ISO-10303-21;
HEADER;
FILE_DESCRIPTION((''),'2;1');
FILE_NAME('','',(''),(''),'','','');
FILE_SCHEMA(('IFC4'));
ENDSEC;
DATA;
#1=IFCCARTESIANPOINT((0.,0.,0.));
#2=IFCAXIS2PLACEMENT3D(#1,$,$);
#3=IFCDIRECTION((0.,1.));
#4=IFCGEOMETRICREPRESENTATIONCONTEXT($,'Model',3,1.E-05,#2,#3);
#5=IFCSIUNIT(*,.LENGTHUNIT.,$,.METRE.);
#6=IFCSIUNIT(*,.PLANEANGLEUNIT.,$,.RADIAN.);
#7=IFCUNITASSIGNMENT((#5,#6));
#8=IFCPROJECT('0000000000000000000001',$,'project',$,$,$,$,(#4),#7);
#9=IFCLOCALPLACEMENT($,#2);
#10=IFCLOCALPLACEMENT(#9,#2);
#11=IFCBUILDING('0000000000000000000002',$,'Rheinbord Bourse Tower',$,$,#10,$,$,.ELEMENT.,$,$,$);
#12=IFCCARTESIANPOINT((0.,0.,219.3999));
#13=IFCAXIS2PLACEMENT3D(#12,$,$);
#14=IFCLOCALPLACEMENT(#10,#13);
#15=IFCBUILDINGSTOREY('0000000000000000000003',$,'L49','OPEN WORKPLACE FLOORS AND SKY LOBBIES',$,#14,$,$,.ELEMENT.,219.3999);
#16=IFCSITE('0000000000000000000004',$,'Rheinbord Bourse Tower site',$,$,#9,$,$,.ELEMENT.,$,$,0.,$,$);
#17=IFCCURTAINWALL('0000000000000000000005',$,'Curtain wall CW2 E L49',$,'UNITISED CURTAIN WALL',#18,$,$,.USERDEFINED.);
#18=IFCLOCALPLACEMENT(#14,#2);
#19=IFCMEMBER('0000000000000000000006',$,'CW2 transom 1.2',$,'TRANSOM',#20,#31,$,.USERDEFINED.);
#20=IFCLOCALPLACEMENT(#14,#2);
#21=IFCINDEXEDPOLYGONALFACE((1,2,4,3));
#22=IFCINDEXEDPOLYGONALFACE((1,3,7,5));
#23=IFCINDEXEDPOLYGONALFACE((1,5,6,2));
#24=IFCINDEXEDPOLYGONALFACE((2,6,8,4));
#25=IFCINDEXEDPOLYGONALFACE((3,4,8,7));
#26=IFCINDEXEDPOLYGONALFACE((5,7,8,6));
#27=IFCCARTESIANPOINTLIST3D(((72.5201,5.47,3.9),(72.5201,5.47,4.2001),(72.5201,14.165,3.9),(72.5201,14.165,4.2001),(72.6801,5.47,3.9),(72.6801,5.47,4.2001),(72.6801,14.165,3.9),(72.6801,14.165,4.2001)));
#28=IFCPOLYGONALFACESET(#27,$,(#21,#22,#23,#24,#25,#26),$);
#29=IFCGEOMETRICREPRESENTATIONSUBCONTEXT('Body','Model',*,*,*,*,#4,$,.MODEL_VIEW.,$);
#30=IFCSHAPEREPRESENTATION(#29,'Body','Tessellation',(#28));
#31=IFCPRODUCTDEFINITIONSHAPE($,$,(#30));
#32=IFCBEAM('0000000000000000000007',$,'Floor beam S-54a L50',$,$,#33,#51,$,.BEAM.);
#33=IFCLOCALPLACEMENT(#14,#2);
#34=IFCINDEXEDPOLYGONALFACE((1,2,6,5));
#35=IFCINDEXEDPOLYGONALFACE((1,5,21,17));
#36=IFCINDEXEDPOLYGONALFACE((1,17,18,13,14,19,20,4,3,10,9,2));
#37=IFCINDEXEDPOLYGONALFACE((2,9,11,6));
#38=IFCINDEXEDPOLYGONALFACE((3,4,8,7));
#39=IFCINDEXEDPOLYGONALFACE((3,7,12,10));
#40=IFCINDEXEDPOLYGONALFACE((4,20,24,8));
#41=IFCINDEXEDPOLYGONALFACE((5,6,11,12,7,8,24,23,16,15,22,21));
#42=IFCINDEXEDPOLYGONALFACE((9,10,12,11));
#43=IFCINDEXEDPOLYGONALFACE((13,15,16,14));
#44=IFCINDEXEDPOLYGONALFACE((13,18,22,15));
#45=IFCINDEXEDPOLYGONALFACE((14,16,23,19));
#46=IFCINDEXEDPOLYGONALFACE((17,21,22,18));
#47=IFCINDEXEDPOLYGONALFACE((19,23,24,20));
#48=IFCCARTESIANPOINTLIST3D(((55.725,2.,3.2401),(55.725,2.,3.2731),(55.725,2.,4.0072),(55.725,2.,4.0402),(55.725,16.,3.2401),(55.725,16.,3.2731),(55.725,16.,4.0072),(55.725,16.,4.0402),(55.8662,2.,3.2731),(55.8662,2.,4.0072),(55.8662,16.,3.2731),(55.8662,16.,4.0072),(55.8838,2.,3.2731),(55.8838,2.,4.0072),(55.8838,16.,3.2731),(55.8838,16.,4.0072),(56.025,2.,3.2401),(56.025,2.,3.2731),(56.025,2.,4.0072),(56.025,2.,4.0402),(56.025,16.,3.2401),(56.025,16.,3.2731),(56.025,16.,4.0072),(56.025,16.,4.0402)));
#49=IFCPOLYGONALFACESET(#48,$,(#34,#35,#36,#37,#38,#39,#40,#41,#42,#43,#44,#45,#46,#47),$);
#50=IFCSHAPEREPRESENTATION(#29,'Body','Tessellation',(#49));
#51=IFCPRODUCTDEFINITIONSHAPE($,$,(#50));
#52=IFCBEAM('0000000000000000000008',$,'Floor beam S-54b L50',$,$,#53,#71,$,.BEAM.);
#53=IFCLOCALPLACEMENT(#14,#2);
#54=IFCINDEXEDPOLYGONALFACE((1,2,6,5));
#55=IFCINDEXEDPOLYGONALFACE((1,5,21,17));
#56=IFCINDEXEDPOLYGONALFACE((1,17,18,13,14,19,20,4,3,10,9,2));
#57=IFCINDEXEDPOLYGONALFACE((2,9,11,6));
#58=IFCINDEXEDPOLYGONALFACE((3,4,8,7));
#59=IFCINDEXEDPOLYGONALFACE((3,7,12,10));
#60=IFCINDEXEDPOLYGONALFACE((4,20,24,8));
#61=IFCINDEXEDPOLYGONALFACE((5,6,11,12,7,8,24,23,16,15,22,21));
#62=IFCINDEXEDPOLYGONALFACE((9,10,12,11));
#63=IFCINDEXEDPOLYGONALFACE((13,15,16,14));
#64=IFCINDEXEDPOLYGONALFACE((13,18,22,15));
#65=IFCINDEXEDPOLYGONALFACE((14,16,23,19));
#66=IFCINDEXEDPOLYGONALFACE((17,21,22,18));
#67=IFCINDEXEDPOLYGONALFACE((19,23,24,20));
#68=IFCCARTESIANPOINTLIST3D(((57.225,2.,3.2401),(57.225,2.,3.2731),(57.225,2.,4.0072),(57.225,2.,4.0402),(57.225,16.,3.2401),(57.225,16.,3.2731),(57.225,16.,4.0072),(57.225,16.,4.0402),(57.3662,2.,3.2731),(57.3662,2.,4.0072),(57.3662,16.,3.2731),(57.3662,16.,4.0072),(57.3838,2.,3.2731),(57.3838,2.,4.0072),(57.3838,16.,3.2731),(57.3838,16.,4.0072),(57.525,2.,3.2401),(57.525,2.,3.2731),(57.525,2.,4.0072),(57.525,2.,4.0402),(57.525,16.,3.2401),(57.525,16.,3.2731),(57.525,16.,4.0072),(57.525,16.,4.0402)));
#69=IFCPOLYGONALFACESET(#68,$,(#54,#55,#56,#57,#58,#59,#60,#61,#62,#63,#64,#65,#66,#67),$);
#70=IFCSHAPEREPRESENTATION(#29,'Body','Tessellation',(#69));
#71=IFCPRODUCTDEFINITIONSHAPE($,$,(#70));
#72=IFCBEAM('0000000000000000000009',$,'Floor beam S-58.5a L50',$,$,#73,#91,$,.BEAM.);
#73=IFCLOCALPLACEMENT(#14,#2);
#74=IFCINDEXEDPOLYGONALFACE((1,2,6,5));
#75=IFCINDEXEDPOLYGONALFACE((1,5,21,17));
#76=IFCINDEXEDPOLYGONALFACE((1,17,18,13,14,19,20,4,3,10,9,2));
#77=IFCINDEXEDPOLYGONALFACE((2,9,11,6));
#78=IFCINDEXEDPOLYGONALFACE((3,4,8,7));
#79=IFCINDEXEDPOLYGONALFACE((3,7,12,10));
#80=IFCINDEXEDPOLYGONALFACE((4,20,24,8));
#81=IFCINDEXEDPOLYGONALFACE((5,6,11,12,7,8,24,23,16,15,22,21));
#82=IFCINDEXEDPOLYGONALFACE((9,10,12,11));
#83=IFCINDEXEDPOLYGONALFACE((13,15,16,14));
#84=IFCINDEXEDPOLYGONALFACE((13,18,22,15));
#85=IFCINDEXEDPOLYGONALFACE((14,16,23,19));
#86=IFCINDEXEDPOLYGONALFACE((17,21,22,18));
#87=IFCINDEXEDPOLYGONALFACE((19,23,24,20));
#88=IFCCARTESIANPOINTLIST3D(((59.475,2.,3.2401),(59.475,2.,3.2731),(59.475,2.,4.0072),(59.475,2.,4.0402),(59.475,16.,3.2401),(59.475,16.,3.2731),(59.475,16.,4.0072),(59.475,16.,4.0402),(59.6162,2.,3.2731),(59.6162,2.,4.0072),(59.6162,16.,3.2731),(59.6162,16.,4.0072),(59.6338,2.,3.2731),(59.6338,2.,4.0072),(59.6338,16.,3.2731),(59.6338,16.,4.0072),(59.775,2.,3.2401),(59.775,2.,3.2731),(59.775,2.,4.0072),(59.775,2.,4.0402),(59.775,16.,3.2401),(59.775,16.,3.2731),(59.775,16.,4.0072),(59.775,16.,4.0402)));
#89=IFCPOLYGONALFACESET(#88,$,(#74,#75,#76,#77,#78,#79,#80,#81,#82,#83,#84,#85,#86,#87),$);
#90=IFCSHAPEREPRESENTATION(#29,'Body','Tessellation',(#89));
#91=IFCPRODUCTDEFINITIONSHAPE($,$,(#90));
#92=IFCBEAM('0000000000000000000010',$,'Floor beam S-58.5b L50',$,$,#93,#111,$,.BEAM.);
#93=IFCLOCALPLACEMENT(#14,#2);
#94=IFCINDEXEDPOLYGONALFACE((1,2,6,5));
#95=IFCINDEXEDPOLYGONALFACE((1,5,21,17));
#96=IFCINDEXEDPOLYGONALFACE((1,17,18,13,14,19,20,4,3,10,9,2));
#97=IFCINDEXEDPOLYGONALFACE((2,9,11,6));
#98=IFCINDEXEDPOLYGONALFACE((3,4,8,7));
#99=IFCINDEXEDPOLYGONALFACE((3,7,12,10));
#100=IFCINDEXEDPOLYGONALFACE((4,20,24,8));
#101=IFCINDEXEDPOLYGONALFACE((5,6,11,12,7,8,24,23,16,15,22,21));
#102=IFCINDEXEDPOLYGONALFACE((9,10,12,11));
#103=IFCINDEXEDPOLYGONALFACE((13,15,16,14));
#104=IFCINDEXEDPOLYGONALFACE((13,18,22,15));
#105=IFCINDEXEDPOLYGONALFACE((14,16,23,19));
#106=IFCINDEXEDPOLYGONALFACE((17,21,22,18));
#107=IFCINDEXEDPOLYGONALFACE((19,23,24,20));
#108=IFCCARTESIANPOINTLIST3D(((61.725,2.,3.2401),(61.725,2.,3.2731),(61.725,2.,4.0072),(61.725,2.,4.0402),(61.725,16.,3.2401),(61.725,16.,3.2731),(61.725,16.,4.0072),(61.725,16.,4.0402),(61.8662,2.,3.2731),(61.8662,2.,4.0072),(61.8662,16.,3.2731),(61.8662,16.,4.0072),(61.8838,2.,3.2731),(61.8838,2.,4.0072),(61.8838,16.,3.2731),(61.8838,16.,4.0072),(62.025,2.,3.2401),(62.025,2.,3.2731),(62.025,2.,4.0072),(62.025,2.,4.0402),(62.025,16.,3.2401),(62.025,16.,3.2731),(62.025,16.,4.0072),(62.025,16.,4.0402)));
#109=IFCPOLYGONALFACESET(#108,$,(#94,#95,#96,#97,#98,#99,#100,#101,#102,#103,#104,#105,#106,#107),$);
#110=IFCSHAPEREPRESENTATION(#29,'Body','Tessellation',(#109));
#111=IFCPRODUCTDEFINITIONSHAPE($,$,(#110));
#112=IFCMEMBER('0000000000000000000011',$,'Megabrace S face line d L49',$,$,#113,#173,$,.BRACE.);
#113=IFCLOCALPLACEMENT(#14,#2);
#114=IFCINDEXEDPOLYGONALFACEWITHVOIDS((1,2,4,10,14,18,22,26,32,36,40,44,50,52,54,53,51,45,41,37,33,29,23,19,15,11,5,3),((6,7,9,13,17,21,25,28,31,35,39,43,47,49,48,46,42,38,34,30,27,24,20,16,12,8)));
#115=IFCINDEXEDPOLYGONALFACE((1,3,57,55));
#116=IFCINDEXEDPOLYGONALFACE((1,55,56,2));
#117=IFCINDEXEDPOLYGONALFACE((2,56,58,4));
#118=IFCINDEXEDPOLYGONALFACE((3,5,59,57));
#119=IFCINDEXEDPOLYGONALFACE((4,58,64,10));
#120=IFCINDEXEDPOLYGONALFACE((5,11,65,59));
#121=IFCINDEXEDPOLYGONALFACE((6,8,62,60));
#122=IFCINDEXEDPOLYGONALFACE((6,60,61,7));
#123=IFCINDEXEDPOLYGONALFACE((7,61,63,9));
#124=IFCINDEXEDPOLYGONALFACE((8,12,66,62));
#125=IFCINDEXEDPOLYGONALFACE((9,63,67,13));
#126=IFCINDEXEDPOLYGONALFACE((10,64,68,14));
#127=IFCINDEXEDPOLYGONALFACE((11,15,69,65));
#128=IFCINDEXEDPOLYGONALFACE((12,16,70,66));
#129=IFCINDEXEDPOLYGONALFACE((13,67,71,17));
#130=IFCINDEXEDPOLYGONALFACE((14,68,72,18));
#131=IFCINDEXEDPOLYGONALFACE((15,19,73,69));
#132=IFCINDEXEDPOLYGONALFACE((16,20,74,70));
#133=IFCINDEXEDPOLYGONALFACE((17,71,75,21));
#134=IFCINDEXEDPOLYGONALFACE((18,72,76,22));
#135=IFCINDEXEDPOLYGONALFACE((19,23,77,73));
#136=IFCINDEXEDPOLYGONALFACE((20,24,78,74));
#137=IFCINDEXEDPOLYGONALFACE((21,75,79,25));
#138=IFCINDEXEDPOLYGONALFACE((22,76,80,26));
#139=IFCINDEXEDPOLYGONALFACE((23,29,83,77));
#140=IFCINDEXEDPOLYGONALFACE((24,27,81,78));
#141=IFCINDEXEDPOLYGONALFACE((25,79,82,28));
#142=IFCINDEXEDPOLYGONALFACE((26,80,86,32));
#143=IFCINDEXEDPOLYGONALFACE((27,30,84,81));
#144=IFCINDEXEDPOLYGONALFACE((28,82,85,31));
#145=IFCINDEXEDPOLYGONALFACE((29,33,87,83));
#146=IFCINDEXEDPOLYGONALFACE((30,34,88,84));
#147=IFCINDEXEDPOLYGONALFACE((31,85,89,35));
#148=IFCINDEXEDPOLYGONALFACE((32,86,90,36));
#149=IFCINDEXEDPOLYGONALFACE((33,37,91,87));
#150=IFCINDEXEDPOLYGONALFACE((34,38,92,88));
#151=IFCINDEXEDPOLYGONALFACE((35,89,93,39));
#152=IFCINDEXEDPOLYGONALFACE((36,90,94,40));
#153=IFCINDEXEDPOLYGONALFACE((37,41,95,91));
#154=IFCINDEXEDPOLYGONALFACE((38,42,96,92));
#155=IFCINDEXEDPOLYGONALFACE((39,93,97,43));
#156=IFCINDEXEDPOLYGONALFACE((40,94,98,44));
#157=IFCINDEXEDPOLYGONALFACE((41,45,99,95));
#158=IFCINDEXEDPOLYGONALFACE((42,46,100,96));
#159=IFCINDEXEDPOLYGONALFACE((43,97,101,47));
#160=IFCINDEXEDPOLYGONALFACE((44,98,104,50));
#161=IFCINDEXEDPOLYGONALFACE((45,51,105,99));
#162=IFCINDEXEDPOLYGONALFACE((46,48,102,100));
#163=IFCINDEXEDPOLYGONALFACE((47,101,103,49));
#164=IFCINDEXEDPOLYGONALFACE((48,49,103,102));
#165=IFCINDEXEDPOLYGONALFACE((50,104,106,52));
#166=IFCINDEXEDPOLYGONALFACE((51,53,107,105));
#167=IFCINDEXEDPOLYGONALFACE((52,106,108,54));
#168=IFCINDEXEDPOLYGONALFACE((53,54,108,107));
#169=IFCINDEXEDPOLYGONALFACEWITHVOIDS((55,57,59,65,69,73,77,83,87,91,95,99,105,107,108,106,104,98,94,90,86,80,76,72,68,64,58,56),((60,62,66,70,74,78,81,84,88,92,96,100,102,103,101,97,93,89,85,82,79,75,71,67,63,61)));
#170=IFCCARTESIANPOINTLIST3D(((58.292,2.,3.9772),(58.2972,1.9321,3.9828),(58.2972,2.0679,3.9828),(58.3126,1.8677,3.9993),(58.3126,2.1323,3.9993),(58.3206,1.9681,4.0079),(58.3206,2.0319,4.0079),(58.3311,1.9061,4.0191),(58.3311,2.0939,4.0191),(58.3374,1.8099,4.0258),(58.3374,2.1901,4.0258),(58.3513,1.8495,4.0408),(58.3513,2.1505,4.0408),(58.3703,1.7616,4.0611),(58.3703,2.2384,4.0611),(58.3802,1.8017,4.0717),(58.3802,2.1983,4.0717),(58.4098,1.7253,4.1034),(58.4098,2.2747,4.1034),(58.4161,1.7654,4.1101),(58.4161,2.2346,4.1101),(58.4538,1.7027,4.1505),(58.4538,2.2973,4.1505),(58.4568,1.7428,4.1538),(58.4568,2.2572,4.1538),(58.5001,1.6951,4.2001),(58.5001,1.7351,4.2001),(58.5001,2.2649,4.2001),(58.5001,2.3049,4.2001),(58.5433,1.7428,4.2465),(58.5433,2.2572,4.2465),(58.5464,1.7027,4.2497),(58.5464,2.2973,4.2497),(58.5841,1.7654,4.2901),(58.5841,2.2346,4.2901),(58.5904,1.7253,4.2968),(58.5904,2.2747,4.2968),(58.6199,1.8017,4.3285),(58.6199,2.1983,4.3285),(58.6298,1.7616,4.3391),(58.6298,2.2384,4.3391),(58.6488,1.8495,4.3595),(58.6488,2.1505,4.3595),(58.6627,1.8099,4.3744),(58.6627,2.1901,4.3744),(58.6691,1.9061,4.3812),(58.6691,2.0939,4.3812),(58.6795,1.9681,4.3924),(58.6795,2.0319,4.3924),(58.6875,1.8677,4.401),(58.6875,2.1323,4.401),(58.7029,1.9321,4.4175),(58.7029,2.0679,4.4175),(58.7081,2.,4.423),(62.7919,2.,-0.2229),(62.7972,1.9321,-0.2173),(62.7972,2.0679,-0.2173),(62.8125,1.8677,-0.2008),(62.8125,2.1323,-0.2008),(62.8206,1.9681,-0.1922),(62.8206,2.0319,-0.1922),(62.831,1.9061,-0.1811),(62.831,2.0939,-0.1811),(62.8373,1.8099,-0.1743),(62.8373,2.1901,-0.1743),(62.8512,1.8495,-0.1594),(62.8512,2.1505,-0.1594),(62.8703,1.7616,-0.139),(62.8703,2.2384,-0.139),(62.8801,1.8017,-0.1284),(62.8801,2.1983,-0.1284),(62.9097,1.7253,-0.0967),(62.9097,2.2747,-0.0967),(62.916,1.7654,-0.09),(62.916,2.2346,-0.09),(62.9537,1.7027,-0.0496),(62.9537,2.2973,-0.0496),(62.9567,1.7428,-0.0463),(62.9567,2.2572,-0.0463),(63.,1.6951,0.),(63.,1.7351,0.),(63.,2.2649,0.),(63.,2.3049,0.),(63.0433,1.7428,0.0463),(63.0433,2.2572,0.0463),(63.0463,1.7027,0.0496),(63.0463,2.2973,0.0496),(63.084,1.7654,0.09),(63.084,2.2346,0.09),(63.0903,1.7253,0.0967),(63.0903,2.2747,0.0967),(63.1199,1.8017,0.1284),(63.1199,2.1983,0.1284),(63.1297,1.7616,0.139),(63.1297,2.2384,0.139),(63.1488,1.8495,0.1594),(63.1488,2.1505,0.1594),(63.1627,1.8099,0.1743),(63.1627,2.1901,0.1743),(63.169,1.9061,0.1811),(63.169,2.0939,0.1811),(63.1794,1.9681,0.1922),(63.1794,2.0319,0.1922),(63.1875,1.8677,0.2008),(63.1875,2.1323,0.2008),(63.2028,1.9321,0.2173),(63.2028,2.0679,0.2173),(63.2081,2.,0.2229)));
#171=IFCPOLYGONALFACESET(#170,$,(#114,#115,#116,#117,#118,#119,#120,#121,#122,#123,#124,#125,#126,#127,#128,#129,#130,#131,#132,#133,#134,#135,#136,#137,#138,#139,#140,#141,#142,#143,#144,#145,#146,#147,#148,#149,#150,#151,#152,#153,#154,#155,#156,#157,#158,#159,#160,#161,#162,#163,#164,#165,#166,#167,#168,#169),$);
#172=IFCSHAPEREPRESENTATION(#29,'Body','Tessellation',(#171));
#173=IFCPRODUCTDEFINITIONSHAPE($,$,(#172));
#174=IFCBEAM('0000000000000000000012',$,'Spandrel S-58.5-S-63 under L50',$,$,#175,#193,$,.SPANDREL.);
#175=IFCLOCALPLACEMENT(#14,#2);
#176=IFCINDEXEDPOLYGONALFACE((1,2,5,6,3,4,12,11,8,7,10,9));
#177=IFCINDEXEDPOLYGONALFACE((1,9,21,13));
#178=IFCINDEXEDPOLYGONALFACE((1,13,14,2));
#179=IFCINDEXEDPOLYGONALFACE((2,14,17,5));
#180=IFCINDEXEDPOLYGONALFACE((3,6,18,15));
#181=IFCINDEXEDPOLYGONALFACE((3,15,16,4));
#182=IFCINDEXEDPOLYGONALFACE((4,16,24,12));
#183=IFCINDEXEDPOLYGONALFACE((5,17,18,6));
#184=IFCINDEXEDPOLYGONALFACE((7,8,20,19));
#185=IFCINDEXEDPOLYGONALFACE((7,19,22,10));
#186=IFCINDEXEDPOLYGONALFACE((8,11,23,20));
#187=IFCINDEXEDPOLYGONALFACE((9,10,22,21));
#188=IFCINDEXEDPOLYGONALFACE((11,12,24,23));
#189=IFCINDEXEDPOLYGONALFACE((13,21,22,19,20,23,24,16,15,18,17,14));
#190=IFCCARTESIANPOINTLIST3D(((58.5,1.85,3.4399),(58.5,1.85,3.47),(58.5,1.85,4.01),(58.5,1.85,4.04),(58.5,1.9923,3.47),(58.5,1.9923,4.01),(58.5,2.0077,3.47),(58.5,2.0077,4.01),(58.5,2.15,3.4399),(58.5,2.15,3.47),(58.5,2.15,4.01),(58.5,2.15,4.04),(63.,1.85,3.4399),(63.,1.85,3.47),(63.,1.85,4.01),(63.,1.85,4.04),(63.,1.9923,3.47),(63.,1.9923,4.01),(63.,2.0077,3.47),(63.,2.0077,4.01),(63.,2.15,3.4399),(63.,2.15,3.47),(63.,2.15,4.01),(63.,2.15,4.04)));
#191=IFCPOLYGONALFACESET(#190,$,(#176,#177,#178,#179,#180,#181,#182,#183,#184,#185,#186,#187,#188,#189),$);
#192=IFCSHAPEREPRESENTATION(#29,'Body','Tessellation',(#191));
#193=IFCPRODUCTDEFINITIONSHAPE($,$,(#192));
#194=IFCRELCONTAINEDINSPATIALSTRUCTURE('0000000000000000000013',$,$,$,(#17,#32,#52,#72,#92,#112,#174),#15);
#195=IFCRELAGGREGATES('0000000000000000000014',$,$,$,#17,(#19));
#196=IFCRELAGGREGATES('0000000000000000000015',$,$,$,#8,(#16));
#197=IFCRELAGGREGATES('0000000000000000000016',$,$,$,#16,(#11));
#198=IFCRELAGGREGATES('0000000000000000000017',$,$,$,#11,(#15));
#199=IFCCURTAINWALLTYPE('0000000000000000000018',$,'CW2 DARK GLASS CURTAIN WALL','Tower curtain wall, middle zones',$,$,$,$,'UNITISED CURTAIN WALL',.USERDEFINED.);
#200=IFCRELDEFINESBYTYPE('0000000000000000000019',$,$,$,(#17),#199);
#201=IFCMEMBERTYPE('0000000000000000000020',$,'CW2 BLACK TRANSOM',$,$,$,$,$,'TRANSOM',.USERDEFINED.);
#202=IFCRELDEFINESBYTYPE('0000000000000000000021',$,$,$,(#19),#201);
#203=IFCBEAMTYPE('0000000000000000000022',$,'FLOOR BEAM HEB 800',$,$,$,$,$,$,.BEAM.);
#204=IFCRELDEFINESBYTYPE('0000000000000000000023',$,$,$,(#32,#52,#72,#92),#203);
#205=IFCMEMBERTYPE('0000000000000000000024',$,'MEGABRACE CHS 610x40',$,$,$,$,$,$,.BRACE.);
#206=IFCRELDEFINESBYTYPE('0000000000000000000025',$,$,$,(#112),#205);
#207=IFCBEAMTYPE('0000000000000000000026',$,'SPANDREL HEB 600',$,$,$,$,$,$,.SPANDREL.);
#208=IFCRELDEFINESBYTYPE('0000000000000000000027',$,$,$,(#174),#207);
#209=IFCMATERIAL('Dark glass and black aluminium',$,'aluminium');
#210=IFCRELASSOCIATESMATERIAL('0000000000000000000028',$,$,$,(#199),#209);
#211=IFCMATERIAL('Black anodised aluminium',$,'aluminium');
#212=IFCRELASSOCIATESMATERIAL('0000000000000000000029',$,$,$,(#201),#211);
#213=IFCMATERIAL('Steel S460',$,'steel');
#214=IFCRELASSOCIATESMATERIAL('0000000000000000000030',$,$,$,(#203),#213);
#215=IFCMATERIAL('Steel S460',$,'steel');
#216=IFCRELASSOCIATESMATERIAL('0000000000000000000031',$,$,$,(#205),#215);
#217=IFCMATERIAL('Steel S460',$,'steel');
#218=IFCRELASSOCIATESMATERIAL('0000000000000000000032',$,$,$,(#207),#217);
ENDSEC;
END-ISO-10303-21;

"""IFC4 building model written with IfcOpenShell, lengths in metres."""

from ifc_helpers import new_model, si_unit, direction, frame, origin, origin_2d, place, context, subcontext, project, spatial, rectangle, hollow_circle, i_section, extrude, material, material_profile, profile_set, type_object, element, aggregate, save


model = new_model("IFC4")

# Units and contexts
model_context = context("Model", 3, precision=1e-05, world=origin(), true_north=direction((0.0, 1.0)))
body_context = subcontext(model_context, "Body", "Model", "MODEL_VIEW")
ifc_project = project(units=[si_unit("LENGTHUNIT", "METRE"), si_unit("PLANEANGLEUNIT", "RADIAN")], contexts=[model_context])

# Site, building, storey
site_placement = place(None, origin())
site = spatial("IfcSite", under=ifc_project, at=site_placement, Name="Rheinbord Bourse Tower site", CompositionType="ELEMENT", RefElevation=0.0)
building_placement = place(site_placement, origin())
building = spatial("IfcBuilding", under=site, at=building_placement, Name="Rheinbord Bourse Tower", CompositionType="ELEMENT")
storey_placement = place(building_placement, frame((0.0, 0.0, 219.3999)))
storey = spatial("IfcBuildingStorey", under=building, at=storey_placement, Name="L49", Description="OPEN WORKPLACE FLOORS AND SKY LOBBIES", CompositionType="ELEMENT", Elevation=219.3999)

# Shared definitions
ifc_material_1 = material(Name="Dark glass and black aluminium", Category="aluminium")
curtain_wall_type = type_object("IfcCurtainWallType", Name="CW2 DARK GLASS CURTAIN WALL", Description="Tower curtain wall, middle zones", ElementType="UNITISED CURTAIN WALL", PredefinedType="USERDEFINED", material=ifc_material_1)

# Curtain wall
curtain_wall_1_placement = place(storey_placement, origin())
curtain_wall_1 = element("IfcCurtainWall", 1, at=curtain_wall_1_placement, inside=storey, type_object=curtain_wall_type, Name="Curtain wall CW2 E L49", ObjectType="UNITISED CURTAIN WALL", PredefinedType="USERDEFINED")

# Member
ifc_material_2 = material(Name="Black anodised aluminium", Category="aluminium")
ifc_material_profile_1 = material_profile(ifc_material_2, rectangle(XDim=0.1599, YDim=0.3, at=origin_2d()), Name="CW2 TRANSOM 300x160")
ifc_profile_set_1 = profile_set([ifc_material_profile_1], Name="Black anodised aluminium")
member_type_1 = type_object("IfcMemberType", Name="CW2 BLACK TRANSOM", ElementType="TRANSOM", PredefinedType="USERDEFINED", material=ifc_profile_set_1)
member_1_placement = place(storey_placement, frame((72.6001, 5.47, 4.05), z_axis=(0.0, 1.0, 0.0), x_axis=(-1.0, 0.0, 0.0)))
member_1 = element("IfcMember", 2, at=member_1_placement, type_object=member_type_1, Name="CW2 transom 1.2", ObjectType="TRANSOM", PredefinedType="USERDEFINED", context=body_context, shape_type="SweptSolid", body=[
    extrude(rectangle(XDim=0.1599, YDim=0.3, at=origin_2d()), origin(), (0.0, 0.0, 1.0), 8.6951),
])

# Beams
ifc_material_3 = material(Name="Steel S460", Category="steel")
ifc_material_profile_2 = material_profile(ifc_material_3, i_section(OverallWidth=0.3, OverallDepth=0.8, WebThickness=0.0176, FlangeThickness=0.033, at=origin_2d()), Name="HEB 800")
ifc_profile_set_2 = profile_set([ifc_material_profile_2], Name="Steel S460")
beam_type_1 = type_object("IfcBeamType", Name="FLOOR BEAM HEB 800", PredefinedType="BEAM", material=ifc_profile_set_2)
for number, where, z_axis, x_axis, name in (
    (3, (55.875, 2.0, 3.6401), (0.0, 1.0, 0.0), (-1.0, 0.0, 0.0), "Floor beam S-54a L50"),
    (4, (57.375, 2.0, 3.6401), (0.0, 1.0, 0.0), (-1.0, 0.0, 0.0), "Floor beam S-54b L50"),
    (5, (59.625, 2.0, 3.6401), (0.0, 1.0, 0.0), (-1.0, 0.0, 0.0), "Floor beam S-58.5a L50"),
    (6, (61.875, 2.0, 3.6401), (0.0, 1.0, 0.0), (-1.0, 0.0, 0.0), "Floor beam S-58.5b L50"),
):
    element("IfcBeam", number, at=place(storey_placement, frame(where, z_axis=z_axis, x_axis=x_axis)), inside=storey, type_object=beam_type_1, Name=name, PredefinedType="BEAM", context=body_context, shape_type="SweptSolid", body=[
        extrude(i_section(OverallWidth=0.3, OverallDepth=0.8, WebThickness=0.0176, FlangeThickness=0.033, at=origin_2d()), origin(), (0.0, 0.0, 1.0), 14.0),
    ])

# Member
ifc_material_4 = material(Name="Steel S460", Category="steel")
ifc_material_profile_3 = material_profile(ifc_material_4, hollow_circle(Radius=0.3049, WallThickness=0.04, at=origin_2d()), Name="CHS 610x40")
ifc_profile_set_3 = profile_set([ifc_material_profile_3], Name="Steel S460")
member_type_2 = type_object("IfcMemberType", Name="MEGABRACE CHS 610x40", PredefinedType="BRACE", material=ifc_profile_set_3)
member_2_placement = place(storey_placement, frame((63.0, 2.0, 0.0), z_axis=(-0.731039, 0.0, 0.682335), x_axis=(0.0, -1.0, 0.0)))
element("IfcMember", 7, at=member_2_placement, inside=storey, type_object=member_type_2, Name="Megabrace S face line d L49", PredefinedType="BRACE", context=body_context, shape_type="SweptSolid", body=[
    extrude(hollow_circle(Radius=0.3049, WallThickness=0.04, at=origin_2d()), origin(), (0.0, 0.0, 1.0), 6.1555),
])

# Beam
ifc_material_5 = material(Name="Steel S460", Category="steel")
ifc_material_profile_4 = material_profile(ifc_material_5, i_section(OverallWidth=0.3, OverallDepth=0.6001, WebThickness=0.0154, FlangeThickness=0.03, at=origin_2d()), Name="HEB 600")
ifc_profile_set_4 = profile_set([ifc_material_profile_4], Name="Steel S460")
beam_type_2 = type_object("IfcBeamType", Name="SPANDREL HEB 600", PredefinedType="SPANDREL", material=ifc_profile_set_4)
for number, where, z_axis, x_axis, name in (
    (8, (58.5, 2.0, 3.74), (1.0, 0.0, 0.0), (0.0, 1.0, 0.0), "Spandrel S-58.5-S-63 under L50"),
):
    element("IfcBeam", number, at=place(storey_placement, frame(where, z_axis=z_axis, x_axis=x_axis)), inside=storey, type_object=beam_type_2, Name=name, PredefinedType="SPANDREL", context=body_context, shape_type="SweptSolid", body=[
        extrude(i_section(OverallWidth=0.3, OverallDepth=0.6001, WebThickness=0.0154, FlangeThickness=0.03, at=origin_2d()), origin(), (0.0, 0.0, 1.0), 4.5),
    ])

aggregate(curtain_wall_1, [member_1])

save(model, "model.ifc")
